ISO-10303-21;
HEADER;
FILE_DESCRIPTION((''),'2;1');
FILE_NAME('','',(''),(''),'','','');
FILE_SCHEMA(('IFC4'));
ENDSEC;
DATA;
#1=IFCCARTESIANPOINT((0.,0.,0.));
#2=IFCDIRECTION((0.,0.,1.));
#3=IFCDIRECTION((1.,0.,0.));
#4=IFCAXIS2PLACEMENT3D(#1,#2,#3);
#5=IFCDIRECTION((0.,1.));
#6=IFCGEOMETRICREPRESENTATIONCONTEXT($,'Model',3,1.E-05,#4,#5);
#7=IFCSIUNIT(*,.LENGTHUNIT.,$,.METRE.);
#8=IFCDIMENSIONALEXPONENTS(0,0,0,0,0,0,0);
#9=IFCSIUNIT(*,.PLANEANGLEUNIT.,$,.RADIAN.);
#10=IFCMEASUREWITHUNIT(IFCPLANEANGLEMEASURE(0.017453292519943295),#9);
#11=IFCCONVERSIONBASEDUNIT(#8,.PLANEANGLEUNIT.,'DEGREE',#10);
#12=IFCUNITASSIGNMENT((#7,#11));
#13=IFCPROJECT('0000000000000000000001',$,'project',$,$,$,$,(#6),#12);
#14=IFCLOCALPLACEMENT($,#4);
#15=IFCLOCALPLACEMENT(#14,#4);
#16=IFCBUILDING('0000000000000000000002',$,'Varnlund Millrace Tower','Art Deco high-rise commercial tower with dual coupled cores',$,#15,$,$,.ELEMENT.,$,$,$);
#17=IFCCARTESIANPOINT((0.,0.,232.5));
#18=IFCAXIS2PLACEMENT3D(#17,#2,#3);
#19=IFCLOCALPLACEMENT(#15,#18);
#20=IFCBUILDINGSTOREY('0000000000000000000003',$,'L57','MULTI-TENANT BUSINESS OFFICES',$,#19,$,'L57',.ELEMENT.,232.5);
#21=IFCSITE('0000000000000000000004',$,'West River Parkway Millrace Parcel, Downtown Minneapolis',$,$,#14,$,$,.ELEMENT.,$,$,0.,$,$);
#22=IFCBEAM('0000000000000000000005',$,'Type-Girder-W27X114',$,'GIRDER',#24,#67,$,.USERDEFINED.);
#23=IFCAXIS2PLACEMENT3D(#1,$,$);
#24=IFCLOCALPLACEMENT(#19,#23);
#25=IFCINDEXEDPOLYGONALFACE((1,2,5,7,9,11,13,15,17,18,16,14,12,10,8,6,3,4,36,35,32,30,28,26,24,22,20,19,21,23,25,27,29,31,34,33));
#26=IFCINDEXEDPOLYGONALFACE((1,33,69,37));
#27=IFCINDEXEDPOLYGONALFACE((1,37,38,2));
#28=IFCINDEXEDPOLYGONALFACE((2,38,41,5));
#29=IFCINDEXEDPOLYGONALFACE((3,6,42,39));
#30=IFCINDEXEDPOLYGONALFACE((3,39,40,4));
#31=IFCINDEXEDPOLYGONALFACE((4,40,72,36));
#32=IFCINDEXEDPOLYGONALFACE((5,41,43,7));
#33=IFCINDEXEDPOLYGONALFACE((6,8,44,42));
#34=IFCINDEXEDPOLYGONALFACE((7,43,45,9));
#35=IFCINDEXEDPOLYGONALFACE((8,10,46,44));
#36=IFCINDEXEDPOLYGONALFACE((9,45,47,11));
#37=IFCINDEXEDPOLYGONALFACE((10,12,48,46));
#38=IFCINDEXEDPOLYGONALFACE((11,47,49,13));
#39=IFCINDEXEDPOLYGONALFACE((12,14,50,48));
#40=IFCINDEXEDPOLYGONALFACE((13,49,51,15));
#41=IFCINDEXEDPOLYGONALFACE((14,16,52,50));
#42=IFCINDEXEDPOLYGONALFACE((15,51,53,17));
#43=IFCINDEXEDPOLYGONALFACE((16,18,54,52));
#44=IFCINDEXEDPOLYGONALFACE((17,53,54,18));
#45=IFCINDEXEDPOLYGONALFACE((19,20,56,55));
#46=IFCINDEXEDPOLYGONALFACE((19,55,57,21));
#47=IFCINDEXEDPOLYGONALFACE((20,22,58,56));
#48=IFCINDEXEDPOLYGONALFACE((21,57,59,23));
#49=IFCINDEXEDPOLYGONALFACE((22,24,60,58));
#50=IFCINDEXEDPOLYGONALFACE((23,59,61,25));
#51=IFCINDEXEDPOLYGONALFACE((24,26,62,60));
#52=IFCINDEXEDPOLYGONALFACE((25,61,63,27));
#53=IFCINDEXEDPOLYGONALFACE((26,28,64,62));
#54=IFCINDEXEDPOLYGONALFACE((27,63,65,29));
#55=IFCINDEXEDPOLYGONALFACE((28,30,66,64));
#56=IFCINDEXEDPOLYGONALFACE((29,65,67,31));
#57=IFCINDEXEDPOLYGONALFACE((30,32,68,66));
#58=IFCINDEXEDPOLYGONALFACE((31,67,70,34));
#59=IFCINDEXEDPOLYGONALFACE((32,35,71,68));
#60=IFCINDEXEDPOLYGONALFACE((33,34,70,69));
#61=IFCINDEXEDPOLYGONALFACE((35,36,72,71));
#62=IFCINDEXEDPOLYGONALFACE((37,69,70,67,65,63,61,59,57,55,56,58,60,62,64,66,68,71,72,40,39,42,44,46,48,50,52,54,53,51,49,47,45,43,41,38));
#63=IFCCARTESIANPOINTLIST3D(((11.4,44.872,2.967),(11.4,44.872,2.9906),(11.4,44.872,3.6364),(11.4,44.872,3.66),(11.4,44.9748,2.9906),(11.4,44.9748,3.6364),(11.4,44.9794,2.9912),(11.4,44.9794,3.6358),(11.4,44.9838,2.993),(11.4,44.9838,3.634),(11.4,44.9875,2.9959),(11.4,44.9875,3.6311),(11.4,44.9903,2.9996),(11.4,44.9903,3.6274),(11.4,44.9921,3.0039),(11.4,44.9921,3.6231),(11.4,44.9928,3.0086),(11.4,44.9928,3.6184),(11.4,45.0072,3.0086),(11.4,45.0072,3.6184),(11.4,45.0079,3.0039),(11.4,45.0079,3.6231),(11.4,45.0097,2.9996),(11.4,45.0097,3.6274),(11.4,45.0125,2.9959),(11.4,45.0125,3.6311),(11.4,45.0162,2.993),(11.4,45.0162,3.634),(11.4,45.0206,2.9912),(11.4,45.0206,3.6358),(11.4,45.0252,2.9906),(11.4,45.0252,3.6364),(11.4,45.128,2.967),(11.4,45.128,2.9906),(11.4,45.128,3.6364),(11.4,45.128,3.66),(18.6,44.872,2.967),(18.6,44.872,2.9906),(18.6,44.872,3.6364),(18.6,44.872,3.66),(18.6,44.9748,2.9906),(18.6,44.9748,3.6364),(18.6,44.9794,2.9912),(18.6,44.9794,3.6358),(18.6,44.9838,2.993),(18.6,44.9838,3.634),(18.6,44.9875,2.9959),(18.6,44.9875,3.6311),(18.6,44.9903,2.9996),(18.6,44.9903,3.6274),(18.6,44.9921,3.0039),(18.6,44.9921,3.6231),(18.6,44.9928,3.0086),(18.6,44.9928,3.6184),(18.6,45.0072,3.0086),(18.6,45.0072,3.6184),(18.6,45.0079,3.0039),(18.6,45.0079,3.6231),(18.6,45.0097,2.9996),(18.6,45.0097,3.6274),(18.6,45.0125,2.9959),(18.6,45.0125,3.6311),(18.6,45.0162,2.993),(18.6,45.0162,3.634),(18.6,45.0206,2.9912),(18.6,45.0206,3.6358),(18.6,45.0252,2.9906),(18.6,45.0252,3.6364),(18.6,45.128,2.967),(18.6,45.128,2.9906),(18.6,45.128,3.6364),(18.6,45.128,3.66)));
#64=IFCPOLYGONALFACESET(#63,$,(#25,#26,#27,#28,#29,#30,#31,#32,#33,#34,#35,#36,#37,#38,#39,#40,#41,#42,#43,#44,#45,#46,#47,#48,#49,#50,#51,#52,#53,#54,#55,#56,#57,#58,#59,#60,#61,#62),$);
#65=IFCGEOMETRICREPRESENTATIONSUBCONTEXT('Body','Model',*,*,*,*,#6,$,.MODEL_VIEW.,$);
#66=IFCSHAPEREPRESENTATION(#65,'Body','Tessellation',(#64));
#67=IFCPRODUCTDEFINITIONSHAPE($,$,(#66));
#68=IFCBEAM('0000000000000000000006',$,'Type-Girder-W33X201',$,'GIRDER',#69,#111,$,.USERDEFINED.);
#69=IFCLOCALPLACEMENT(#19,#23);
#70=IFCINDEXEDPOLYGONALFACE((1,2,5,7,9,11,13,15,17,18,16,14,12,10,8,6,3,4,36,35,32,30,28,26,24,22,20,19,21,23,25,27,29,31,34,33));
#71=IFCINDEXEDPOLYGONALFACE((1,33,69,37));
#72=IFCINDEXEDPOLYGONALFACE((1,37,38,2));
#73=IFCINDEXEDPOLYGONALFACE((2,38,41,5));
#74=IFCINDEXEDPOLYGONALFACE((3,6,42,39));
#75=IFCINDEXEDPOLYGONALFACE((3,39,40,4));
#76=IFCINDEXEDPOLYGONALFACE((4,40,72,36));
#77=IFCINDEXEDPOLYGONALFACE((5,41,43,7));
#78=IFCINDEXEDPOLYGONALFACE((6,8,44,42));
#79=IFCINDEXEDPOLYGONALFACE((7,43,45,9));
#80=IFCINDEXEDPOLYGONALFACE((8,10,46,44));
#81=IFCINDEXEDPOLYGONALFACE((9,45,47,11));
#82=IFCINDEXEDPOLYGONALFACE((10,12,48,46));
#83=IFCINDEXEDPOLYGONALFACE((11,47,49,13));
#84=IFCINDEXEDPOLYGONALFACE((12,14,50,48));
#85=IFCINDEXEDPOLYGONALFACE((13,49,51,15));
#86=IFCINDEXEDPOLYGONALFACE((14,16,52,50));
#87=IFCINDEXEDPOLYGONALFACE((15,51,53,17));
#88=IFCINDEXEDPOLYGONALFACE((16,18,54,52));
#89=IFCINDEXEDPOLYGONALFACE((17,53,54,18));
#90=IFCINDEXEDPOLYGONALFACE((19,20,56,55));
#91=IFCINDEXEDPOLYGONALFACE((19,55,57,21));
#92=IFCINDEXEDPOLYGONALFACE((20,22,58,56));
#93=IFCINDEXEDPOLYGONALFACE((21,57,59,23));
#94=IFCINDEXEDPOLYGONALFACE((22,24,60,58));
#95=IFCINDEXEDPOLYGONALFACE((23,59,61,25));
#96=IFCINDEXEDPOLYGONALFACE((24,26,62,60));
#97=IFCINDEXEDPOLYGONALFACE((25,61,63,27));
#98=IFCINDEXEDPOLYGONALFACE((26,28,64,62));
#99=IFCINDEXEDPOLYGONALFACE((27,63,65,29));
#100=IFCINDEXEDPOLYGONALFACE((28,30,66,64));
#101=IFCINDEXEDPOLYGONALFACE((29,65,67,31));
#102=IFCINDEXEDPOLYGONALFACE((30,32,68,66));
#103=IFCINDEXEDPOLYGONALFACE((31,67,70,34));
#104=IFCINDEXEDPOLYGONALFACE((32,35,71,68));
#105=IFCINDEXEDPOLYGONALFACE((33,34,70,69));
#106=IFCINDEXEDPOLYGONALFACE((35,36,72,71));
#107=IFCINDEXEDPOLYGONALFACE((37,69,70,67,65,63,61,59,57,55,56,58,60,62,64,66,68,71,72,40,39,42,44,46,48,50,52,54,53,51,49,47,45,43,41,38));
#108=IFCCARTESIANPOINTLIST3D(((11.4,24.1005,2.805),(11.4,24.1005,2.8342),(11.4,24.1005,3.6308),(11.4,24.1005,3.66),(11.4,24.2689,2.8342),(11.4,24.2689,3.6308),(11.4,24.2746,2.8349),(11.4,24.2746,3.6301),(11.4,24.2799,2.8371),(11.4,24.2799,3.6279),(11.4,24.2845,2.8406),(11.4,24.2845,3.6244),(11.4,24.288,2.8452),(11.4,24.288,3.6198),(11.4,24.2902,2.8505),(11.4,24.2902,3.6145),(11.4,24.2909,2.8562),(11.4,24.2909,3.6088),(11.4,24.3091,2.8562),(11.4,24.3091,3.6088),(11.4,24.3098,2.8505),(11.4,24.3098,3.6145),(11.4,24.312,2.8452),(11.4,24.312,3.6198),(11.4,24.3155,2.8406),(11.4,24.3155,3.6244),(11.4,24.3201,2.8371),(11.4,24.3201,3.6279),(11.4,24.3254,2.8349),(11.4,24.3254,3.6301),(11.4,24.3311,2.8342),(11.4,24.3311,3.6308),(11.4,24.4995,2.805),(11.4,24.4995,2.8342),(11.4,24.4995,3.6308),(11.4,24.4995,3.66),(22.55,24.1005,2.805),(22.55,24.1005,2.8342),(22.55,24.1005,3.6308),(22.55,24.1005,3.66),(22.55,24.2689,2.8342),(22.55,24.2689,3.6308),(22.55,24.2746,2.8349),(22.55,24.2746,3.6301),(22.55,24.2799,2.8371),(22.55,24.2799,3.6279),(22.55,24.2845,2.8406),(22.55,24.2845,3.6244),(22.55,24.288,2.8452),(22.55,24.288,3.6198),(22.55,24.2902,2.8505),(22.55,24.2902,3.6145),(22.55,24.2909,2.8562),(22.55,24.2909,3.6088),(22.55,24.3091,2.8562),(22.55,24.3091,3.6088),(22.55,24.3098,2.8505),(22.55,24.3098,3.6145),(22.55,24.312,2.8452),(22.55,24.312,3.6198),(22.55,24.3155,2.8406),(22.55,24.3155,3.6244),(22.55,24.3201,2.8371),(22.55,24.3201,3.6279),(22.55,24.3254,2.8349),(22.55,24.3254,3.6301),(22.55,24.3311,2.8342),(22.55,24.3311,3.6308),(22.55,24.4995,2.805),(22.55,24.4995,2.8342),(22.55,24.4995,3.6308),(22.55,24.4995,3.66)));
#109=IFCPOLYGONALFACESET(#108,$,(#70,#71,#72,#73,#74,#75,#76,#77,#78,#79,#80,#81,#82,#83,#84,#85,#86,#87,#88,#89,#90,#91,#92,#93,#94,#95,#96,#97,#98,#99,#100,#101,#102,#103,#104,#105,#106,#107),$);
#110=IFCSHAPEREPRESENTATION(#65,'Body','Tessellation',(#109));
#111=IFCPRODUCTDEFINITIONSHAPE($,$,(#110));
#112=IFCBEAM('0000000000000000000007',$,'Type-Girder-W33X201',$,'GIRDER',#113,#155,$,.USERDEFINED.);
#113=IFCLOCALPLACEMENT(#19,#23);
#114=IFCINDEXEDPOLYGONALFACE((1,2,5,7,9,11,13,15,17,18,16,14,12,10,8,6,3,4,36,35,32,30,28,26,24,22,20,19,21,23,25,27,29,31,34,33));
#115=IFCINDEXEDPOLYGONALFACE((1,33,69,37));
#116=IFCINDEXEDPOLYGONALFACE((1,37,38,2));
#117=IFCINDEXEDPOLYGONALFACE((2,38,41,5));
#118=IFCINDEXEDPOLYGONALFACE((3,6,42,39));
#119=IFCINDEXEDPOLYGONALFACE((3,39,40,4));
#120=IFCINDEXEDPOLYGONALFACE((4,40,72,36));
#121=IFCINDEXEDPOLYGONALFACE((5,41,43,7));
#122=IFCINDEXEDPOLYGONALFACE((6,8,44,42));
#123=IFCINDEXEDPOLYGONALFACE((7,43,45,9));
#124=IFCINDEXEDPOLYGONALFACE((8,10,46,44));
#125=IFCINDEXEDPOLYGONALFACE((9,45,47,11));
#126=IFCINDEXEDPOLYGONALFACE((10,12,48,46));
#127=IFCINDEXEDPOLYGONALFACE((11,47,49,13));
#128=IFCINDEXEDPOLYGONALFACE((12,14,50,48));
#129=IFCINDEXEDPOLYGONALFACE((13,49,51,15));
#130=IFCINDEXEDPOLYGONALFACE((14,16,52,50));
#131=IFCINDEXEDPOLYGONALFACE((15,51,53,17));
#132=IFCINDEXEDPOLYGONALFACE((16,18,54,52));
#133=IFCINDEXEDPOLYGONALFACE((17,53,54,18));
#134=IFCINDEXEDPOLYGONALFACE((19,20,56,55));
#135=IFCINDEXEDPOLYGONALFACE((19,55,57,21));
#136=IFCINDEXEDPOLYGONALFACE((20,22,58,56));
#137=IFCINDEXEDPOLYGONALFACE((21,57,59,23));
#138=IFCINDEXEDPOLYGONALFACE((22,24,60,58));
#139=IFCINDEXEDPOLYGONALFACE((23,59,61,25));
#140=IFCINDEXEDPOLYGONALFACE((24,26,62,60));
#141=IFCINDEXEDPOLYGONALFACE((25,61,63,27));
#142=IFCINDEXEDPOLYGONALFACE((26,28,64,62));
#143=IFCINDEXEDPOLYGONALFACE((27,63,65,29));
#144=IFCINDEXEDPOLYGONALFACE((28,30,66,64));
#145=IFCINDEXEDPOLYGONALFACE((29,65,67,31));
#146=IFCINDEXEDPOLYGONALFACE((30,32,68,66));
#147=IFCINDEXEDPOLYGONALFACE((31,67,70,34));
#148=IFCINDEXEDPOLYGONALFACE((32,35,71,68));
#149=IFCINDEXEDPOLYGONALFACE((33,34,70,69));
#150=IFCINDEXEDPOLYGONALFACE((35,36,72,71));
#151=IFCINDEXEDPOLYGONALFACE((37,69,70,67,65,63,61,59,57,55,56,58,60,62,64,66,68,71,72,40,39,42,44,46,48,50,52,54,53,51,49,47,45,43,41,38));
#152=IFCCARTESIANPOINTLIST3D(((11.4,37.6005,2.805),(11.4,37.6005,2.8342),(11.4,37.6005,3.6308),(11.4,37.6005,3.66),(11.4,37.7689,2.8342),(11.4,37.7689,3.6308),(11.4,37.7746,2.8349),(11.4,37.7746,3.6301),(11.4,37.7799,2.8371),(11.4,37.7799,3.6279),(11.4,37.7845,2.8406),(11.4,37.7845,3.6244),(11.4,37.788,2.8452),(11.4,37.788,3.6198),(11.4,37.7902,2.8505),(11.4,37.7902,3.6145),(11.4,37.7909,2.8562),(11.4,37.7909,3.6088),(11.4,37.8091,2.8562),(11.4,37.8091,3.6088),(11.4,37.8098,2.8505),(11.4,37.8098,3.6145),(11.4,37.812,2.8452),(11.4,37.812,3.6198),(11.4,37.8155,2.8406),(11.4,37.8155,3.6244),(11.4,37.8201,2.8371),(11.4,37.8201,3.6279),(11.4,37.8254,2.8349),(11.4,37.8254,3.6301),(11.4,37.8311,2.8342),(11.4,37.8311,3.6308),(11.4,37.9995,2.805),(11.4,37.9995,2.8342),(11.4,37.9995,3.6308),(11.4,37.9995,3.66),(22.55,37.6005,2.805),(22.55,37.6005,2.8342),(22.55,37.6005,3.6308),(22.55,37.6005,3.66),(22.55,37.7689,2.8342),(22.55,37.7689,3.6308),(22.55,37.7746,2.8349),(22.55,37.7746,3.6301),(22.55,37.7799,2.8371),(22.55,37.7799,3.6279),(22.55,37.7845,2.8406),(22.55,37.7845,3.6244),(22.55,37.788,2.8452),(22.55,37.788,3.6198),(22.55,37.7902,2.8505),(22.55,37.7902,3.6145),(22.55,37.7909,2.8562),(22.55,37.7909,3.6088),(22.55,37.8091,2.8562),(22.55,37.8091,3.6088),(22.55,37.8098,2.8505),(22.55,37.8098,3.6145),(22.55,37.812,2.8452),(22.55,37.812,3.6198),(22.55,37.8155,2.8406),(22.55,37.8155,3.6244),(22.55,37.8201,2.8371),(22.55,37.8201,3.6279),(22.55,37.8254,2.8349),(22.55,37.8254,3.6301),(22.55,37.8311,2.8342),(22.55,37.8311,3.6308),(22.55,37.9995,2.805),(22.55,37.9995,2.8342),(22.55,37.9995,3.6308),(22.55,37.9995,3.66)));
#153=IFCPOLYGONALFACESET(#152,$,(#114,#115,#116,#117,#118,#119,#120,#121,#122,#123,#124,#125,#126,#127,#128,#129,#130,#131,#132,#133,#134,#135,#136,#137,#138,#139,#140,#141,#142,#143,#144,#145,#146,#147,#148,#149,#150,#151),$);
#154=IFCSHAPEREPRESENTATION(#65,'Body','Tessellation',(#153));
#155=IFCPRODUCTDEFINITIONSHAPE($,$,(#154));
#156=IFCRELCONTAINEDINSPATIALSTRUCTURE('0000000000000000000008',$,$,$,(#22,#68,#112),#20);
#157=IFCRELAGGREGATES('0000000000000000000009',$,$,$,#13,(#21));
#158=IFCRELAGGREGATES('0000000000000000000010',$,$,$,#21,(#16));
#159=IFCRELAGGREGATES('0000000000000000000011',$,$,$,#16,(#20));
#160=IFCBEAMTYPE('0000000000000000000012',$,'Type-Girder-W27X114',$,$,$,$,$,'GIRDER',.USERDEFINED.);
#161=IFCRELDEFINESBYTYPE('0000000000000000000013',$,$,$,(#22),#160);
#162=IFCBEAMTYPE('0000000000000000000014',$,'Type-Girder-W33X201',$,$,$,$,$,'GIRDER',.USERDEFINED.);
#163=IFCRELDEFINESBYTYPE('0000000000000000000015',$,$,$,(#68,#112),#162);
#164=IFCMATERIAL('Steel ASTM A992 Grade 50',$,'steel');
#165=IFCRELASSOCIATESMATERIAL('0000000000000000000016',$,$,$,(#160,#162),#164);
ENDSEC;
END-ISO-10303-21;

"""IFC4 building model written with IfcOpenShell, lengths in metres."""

from ifc_helpers import new_model, entity, si_unit, converted_unit, direction, frame, origin_with_axes, origin_2d_with_axis, place, context, subcontext, project, spatial, i_section, extrude, material, material_profile, profile_set, type_object, element, save


model = new_model("IFC4")

# Units and contexts
model_context = context("Model", 3, precision=1e-05, world=origin_with_axes(), true_north=direction((0.0, 1.0)))
body_context = subcontext(model_context, "Body", "Model", "MODEL_VIEW")
ifc_project = project(units=[si_unit("LENGTHUNIT", "METRE"), converted_unit("PLANEANGLEUNIT", "DEGREE", entity("IfcPlaneAngleMeasure", 0.017453292519943295), si_unit("PLANEANGLEUNIT", "RADIAN"), dimensions=[0, 0, 0, 0, 0, 0, 0])], contexts=[model_context])

# Site, building, storey
site_placement = place(None, origin_with_axes())
site = spatial("IfcSite", under=ifc_project, at=site_placement, Name="West River Parkway Millrace Parcel, Downtown Minneapolis", CompositionType="ELEMENT", RefElevation=0.0)
building_placement = place(site_placement, origin_with_axes())
building = spatial("IfcBuilding", under=site, at=building_placement, Name="Varnlund Millrace Tower", Description="Art Deco high-rise commercial tower with dual coupled cores", CompositionType="ELEMENT")
storey_placement = place(building_placement, frame((0.0, 0.0, 232.5), z_axis=(0.0, 0.0, 1.0), x_axis=(1.0, 0.0, 0.0)))
storey = spatial("IfcBuildingStorey", under=building, at=storey_placement, Name="L57", Description="MULTI-TENANT BUSINESS OFFICES", LongName="L57", CompositionType="ELEMENT", Elevation=232.5)

# Beams
ifc_material_1 = material(Name="Steel ASTM A992 Grade 50", Category="steel")
ifc_material_profile_1 = material_profile(ifc_material_1, i_section(OverallWidth=0.256, OverallDepth=0.693, WebThickness=0.0145, FlangeThickness=0.0236, FilletRadius=0.018, at=origin_2d_with_axis()), Name="Steel ASTM A992 Grade 50")
ifc_profile_set_1 = profile_set([ifc_material_profile_1], Name="Steel ASTM A992 Grade 50")
beam_type_1 = type_object("IfcBeamType", Name="Type-Girder-W27X114", ElementType="GIRDER", PredefinedType="USERDEFINED", material=ifc_profile_set_1)
beam_1_placement = place(storey_placement, frame((11.4, 45.0, 3.3135), z_axis=(1.0, 0.0, 0.0), x_axis=(0.0, 1.0, 0.0)))
element("IfcBeam", 1, at=beam_1_placement, inside=storey, type_object=beam_type_1, Name="Type-Girder-W27X114", ObjectType="GIRDER", PredefinedType="USERDEFINED", context=body_context, shape_type="SweptSolid", body=[
    extrude(i_section(OverallWidth=0.256, OverallDepth=0.693, WebThickness=0.0145, FlangeThickness=0.0236, FilletRadius=0.018, at=origin_2d_with_axis()), origin_with_axes(), (0.0, 0.0, 1.0), 7.2),
])
ifc_material_profile_2 = material_profile(ifc_material_1, i_section(OverallWidth=0.399, OverallDepth=0.855, WebThickness=0.0182, FlangeThickness=0.0292, FilletRadius=0.022, at=origin_2d_with_axis()), Name="Steel ASTM A992 Grade 50")
ifc_profile_set_2 = profile_set([ifc_material_profile_2], Name="Steel ASTM A992 Grade 50")
beam_type_2 = type_object("IfcBeamType", Name="Type-Girder-W33X201", ElementType="GIRDER", PredefinedType="USERDEFINED", material=ifc_profile_set_2)
for number, where, z_axis, x_axis, name in (
    (2, (11.4, 24.3, 3.2325), (1.0, 0.0, 0.0), (0.0, 1.0, 0.0), "Type-Girder-W33X201"),
    (3, (11.4, 37.8, 3.2325), (1.0, 0.0, 0.0), (0.0, 1.0, 0.0), "Type-Girder-W33X201"),
):
    element("IfcBeam", number, at=place(storey_placement, frame(where, z_axis=z_axis, x_axis=x_axis)), inside=storey, type_object=beam_type_2, Name=name, ObjectType="GIRDER", PredefinedType="USERDEFINED", context=body_context, shape_type="SweptSolid", body=[
        extrude(i_section(OverallWidth=0.399, OverallDepth=0.855, WebThickness=0.0182, FlangeThickness=0.0292, FilletRadius=0.022, at=origin_2d_with_axis()), origin_with_axes(), (0.0, 0.0, 1.0), 11.15),
    ])

save(model, "model.ifc")
